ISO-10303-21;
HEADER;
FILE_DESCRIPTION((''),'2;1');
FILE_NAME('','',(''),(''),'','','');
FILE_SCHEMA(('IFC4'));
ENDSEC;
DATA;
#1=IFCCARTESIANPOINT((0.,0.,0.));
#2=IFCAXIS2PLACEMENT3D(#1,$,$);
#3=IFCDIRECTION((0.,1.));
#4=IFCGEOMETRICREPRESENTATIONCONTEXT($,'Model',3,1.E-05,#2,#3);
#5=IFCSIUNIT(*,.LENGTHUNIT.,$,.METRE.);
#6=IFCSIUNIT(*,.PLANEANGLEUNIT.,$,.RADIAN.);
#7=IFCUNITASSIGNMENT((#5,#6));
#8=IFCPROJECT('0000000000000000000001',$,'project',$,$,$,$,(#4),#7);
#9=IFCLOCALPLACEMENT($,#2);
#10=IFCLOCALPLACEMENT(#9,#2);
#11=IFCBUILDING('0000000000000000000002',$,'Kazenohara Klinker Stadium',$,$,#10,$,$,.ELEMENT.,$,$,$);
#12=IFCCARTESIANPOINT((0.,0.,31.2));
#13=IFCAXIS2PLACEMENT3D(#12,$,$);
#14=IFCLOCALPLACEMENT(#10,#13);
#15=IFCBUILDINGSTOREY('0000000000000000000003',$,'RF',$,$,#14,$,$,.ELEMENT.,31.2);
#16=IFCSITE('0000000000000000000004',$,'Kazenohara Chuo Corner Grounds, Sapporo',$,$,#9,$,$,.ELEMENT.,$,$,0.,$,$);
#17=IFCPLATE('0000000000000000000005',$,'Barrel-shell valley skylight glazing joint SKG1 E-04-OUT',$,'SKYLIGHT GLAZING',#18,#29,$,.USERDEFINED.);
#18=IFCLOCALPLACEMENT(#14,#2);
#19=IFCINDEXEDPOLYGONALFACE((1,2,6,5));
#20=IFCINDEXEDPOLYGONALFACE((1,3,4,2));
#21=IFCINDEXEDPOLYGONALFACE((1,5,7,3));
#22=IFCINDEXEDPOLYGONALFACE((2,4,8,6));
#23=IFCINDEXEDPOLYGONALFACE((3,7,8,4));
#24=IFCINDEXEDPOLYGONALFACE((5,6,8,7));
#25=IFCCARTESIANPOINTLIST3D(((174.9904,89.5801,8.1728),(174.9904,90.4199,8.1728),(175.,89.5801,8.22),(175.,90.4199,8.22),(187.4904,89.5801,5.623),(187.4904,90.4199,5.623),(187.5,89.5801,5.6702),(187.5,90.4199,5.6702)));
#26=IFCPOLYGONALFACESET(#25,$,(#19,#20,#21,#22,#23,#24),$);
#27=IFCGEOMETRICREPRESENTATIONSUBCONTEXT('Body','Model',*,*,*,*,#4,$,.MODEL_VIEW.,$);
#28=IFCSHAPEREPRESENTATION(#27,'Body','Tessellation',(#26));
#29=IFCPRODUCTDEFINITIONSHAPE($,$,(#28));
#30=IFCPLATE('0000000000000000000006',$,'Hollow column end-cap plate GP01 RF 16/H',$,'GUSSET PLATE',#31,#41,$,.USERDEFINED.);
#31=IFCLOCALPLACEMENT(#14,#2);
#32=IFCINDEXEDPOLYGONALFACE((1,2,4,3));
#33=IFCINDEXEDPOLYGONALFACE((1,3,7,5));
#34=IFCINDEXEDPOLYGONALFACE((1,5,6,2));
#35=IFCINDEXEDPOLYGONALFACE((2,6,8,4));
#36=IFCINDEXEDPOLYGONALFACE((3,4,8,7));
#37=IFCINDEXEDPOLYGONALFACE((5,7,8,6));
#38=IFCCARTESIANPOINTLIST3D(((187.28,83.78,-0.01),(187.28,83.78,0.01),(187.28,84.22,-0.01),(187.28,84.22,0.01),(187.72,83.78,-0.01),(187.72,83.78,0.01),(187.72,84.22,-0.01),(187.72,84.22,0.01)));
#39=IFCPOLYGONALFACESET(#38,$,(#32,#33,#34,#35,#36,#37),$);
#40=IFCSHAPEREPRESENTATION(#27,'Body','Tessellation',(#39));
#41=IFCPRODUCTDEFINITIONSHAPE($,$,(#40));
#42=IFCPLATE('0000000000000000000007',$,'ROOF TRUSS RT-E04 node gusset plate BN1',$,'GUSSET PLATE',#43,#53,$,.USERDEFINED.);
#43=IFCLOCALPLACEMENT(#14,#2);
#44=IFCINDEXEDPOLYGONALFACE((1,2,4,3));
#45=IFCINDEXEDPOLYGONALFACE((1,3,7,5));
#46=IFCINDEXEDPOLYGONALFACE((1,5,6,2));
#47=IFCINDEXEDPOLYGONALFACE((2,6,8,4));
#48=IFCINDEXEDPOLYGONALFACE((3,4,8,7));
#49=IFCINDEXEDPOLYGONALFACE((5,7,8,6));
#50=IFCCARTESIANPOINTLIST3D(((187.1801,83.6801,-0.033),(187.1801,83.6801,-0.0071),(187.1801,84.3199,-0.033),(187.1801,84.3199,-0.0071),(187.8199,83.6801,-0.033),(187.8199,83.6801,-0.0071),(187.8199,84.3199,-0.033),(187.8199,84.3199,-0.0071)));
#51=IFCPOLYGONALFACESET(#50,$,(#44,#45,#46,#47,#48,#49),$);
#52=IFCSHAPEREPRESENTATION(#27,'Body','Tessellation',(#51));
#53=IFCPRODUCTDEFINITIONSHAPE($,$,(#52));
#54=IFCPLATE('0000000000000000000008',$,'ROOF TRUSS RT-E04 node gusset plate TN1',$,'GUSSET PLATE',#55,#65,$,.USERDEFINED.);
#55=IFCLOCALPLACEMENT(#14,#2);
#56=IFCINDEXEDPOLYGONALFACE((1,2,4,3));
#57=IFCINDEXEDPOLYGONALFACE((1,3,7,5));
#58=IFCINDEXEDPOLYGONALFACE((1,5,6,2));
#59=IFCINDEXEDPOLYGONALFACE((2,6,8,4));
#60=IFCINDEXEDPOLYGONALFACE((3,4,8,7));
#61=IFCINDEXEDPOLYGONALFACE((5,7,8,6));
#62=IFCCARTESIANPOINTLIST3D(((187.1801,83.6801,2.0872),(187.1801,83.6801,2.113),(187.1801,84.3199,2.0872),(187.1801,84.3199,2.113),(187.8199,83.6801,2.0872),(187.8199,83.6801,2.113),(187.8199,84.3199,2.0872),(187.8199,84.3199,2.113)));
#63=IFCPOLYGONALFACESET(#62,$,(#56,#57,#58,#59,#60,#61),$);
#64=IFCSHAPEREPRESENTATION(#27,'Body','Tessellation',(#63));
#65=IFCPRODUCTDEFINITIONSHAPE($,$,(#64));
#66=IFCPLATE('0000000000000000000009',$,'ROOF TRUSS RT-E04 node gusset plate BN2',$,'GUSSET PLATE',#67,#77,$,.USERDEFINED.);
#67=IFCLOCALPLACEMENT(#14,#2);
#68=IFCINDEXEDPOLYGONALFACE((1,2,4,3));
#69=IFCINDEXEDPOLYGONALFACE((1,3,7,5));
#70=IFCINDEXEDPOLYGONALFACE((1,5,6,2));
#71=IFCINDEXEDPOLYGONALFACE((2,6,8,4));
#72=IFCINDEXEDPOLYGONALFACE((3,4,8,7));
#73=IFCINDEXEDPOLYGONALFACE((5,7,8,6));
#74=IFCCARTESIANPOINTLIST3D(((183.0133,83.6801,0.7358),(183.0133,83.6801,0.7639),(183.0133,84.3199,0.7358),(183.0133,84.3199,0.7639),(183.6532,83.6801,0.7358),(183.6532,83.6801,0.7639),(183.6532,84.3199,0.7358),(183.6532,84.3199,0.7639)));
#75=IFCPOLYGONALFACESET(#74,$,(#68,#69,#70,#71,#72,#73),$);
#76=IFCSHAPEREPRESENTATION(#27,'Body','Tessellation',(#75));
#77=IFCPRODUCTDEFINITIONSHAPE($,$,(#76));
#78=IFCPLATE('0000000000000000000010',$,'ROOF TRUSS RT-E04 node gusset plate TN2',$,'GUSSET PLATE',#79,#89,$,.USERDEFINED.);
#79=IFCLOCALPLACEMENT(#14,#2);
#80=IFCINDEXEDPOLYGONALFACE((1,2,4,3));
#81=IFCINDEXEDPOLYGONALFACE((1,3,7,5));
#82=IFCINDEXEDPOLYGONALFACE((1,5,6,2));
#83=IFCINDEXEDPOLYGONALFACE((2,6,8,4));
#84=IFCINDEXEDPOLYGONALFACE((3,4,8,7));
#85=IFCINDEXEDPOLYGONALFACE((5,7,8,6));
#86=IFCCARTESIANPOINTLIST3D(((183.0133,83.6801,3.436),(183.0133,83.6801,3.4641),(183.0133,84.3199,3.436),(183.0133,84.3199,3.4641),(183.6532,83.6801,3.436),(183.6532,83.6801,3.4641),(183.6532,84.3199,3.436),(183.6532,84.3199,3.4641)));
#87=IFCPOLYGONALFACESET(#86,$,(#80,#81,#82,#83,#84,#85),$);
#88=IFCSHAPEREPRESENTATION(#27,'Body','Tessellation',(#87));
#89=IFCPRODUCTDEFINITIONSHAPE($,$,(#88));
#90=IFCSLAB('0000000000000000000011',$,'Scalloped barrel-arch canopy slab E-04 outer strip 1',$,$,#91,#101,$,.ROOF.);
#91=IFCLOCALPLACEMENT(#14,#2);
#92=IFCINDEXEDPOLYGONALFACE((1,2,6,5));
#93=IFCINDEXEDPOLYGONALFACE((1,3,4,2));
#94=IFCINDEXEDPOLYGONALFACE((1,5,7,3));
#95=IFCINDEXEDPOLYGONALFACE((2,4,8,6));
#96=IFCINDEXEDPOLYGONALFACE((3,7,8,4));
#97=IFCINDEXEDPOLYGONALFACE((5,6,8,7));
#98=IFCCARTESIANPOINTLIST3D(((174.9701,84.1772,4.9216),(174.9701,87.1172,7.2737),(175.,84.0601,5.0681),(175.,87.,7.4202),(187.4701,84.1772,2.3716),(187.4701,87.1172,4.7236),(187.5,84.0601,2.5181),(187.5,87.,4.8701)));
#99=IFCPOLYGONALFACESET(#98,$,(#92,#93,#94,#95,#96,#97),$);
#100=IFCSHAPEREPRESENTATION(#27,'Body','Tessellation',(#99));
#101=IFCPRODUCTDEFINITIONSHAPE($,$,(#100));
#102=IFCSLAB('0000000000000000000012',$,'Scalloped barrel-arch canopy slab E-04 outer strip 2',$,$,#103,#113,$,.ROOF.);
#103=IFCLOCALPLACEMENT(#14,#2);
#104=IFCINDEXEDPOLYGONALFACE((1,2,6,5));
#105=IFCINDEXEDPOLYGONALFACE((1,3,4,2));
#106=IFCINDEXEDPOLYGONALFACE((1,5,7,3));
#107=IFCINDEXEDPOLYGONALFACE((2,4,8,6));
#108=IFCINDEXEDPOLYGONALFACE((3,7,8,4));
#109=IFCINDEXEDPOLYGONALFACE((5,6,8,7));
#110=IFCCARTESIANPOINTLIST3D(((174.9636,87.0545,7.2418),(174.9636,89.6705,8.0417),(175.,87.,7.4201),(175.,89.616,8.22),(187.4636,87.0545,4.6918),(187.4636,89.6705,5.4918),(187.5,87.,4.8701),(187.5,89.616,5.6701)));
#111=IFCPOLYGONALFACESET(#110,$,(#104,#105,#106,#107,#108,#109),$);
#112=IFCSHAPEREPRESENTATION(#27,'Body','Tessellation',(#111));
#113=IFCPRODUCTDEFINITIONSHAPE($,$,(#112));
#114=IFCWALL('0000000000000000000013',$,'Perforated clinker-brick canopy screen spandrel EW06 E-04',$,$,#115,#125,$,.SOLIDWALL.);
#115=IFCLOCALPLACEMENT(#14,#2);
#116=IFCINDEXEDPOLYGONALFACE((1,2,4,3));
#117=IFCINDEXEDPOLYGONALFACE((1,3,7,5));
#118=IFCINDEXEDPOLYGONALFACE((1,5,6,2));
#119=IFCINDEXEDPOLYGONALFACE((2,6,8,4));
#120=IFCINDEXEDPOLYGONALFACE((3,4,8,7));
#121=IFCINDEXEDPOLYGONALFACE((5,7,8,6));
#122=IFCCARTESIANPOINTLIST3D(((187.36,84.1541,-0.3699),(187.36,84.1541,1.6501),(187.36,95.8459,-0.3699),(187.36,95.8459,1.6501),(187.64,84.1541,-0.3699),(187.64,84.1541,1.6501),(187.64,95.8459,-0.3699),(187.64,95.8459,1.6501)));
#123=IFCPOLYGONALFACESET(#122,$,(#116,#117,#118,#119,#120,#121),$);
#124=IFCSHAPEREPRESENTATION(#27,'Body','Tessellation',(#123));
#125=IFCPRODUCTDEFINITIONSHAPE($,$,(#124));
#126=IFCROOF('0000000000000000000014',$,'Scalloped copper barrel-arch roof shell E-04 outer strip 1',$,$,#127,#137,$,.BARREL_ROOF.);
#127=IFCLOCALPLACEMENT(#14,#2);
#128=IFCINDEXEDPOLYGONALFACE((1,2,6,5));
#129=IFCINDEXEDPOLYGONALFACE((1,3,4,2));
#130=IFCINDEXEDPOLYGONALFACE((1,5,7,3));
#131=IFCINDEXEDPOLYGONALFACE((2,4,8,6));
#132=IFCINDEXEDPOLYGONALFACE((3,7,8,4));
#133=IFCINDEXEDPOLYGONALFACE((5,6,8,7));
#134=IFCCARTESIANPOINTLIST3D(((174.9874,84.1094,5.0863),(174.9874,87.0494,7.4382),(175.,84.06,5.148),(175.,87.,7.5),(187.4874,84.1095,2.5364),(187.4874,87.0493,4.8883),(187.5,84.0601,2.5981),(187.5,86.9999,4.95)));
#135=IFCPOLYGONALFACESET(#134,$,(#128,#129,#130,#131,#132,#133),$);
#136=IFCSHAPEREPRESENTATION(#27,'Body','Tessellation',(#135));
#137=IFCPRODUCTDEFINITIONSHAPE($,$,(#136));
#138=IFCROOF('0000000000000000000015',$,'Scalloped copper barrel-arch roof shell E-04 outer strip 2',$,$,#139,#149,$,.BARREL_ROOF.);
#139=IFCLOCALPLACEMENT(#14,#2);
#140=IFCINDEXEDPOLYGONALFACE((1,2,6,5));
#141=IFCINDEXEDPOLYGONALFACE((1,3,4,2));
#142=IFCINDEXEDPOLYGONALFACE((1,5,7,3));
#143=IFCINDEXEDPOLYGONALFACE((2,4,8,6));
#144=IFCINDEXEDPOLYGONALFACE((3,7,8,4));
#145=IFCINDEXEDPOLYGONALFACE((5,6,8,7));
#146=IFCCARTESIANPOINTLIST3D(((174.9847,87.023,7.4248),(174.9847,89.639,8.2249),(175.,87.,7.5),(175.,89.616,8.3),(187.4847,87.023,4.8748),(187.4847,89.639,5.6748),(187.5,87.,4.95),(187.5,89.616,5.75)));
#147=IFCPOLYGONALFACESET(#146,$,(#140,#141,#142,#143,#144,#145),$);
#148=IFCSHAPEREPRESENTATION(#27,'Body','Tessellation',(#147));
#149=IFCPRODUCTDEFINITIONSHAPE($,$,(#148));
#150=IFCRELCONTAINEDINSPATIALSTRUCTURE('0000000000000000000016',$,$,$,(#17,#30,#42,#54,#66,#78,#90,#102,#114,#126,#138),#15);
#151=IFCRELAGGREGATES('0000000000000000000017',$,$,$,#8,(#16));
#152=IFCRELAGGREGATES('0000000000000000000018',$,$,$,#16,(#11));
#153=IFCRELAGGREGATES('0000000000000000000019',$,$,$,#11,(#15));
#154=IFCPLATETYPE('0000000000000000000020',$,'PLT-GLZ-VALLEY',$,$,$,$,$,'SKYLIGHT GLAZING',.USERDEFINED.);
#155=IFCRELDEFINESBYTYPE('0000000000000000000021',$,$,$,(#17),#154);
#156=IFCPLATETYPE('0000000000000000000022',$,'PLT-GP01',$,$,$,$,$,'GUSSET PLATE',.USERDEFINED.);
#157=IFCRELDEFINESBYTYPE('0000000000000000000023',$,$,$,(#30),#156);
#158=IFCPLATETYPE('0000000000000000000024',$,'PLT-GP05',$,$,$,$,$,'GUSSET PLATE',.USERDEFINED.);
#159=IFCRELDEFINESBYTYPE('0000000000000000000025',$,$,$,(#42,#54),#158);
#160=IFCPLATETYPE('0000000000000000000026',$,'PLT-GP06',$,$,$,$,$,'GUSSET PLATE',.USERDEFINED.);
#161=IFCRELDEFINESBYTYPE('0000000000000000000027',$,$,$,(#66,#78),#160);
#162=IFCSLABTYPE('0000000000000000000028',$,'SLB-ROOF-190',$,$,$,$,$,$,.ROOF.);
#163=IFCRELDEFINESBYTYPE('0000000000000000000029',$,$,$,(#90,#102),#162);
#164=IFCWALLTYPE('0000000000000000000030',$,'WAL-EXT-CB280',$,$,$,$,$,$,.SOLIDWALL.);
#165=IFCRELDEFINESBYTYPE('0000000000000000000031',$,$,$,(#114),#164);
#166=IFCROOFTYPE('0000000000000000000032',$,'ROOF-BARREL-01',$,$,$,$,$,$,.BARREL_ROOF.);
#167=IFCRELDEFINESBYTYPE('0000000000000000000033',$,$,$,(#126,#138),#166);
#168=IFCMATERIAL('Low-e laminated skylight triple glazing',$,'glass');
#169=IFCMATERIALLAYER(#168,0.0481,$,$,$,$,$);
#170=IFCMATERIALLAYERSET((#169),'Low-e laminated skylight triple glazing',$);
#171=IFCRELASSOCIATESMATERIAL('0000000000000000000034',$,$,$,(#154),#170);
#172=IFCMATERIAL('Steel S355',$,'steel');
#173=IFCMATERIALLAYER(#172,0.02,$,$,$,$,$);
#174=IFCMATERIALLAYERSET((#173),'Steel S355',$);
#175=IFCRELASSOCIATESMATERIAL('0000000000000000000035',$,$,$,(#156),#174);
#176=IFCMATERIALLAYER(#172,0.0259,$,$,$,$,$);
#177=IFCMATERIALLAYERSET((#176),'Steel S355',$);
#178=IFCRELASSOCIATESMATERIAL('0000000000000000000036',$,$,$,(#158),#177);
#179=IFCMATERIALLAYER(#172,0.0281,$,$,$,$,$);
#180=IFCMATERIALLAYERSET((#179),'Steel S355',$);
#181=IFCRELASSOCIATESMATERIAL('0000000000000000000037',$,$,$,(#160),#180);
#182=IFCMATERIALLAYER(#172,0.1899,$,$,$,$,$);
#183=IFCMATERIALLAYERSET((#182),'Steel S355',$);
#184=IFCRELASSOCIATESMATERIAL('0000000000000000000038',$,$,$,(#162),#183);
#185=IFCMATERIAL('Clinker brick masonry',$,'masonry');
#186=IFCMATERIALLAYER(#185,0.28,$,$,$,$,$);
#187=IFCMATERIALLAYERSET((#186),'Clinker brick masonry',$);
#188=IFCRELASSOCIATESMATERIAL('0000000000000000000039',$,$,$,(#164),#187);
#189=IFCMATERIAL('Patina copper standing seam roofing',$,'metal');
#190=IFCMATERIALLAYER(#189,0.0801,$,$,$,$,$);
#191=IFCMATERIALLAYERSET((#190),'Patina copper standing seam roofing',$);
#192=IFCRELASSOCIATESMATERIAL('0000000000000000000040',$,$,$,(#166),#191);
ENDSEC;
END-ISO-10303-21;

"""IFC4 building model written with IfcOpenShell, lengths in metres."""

from ifc_helpers import new_model, si_unit, direction, frame, frame_2d, origin, origin_2d, place, context, subcontext, project, spatial, polyline, rectangle, outline, extrude, material, layer, layer_set, type_object, element, save


model = new_model("IFC4")

# Units and contexts
model_context = context("Model", 3, precision=1e-05, world=origin(), true_north=direction((0.0, 1.0)))
body_context = subcontext(model_context, "Body", "Model", "MODEL_VIEW")
ifc_project = project(units=[si_unit("LENGTHUNIT", "METRE"), si_unit("PLANEANGLEUNIT", "RADIAN")], contexts=[model_context])

# Site, building, storey
site_placement = place(None, origin())
site = spatial("IfcSite", under=ifc_project, at=site_placement, Name="Kazenohara Chuo Corner Grounds, Sapporo", CompositionType="ELEMENT", RefElevation=0.0)
building_placement = place(site_placement, origin())
building = spatial("IfcBuilding", under=site, at=building_placement, Name="Kazenohara Klinker Stadium", CompositionType="ELEMENT")
storey_placement = place(building_placement, frame((0.0, 0.0, 31.2)))
storey = spatial("IfcBuildingStorey", under=building, at=storey_placement, Name="RF", CompositionType="ELEMENT", Elevation=31.2)

# Shared definitions
ifc_material_1 = material(Name="Steel S355", Category="steel")

# Plates
ifc_material_2 = material(Name="Low-e laminated skylight triple glazing", Category="glass")
ifc_layer_1 = layer(ifc_material_2, 0.0481)
ifc_layer_set_1 = layer_set([ifc_layer_1], Name="Low-e laminated skylight triple glazing")
plate_type_1 = type_object("IfcPlateType", Name="PLT-GLZ-VALLEY", ElementType="SKYLIGHT GLAZING", PredefinedType="USERDEFINED", material=ifc_layer_set_1)
plate_1_placement = place(storey_placement, frame((187.5, 89.5801, 5.6702), z_axis=(0.199869, 0.0, 0.979823), x_axis=(-0.979823, 0.0, 0.199869)))
element("IfcPlate", 1, at=plate_1_placement, inside=storey, type_object=plate_type_1, Name="Barrel-shell valley skylight glazing joint SKG1 E-04-OUT", ObjectType="SKYLIGHT GLAZING", PredefinedType="USERDEFINED", context=body_context, shape_type="SweptSolid", body=[
    extrude(outline(polyline([(0.0, 0.0), (12.7574, 0.0), (12.7574, -0.8398), (0.0, -0.8398), (0.0, 0.0)])), origin(), (0.0, 0.0, -1.0), 0.0481),
])
ifc_layer_2 = layer(ifc_material_1, 0.02)
ifc_layer_set_2 = layer_set([ifc_layer_2], Name="Steel S355")
plate_type_2 = type_object("IfcPlateType", Name="PLT-GP01", ElementType="GUSSET PLATE", PredefinedType="USERDEFINED", material=ifc_layer_set_2)
plate_2_placement = place(storey_placement, frame((187.5, 84.0, -0.01), z_axis=(0.0, 0.0, 1.0), x_axis=(1.0, 0.0, 0.0)))
element("IfcPlate", 2, at=plate_2_placement, inside=storey, type_object=plate_type_2, Name="Hollow column end-cap plate GP01 RF 16/H", ObjectType="GUSSET PLATE", PredefinedType="USERDEFINED", context=body_context, shape_type="SweptSolid", body=[
    extrude(rectangle(XDim=0.4399, YDim=0.4399, at=origin_2d()), origin(), (0.0, 0.0, 1.0), 0.02),
])
ifc_layer_3 = layer(ifc_material_1, 0.0259)
ifc_layer_set_3 = layer_set([ifc_layer_3], Name="Steel S355")
plate_type_3 = type_object("IfcPlateType", Name="PLT-GP05", ElementType="GUSSET PLATE", PredefinedType="USERDEFINED", material=ifc_layer_set_3)
for number, where, z_axis, x_axis, name in (
    (3, (187.5, 84.0, -0.033), (0.0, 0.0, 1.0), (1.0, 0.0, 0.0), "ROOF TRUSS RT-E04 node gusset plate BN1"),
    (4, (187.5, 84.0, 2.0872), (0.0, 0.0, 1.0), (1.0, 0.0, 0.0), "ROOF TRUSS RT-E04 node gusset plate TN1"),
):
    element("IfcPlate", number, at=place(storey_placement, frame(where, z_axis=z_axis, x_axis=x_axis)), inside=storey, type_object=plate_type_3, Name=name, ObjectType="GUSSET PLATE", PredefinedType="USERDEFINED", context=body_context, shape_type="SweptSolid", body=[
        extrude(rectangle(XDim=0.6399, YDim=0.6399, at=origin_2d()), origin(), (0.0, 0.0, 1.0), 0.0259),
    ])
ifc_layer_4 = layer(ifc_material_1, 0.0281)
ifc_layer_set_4 = layer_set([ifc_layer_4], Name="Steel S355")
plate_type_4 = type_object("IfcPlateType", Name="PLT-GP06", ElementType="GUSSET PLATE", PredefinedType="USERDEFINED", material=ifc_layer_set_4)
for number, where, z_axis, x_axis, name in (
    (5, (183.3333, 84.0, 0.7358), (0.0, 0.0, 1.0), (1.0, 0.0, 0.0), "ROOF TRUSS RT-E04 node gusset plate BN2"),
    (6, (183.3333, 84.0, 3.436), (0.0, 0.0, 1.0), (1.0, 0.0, 0.0), "ROOF TRUSS RT-E04 node gusset plate TN2"),
):
    element("IfcPlate", number, at=place(storey_placement, frame(where, z_axis=z_axis, x_axis=x_axis)), inside=storey, type_object=plate_type_4, Name=name, ObjectType="GUSSET PLATE", PredefinedType="USERDEFINED", context=body_context, shape_type="SweptSolid", body=[
        extrude(rectangle(XDim=0.6399, YDim=0.6399, at=origin_2d()), origin(), (0.0, 0.0, 1.0), 0.0281),
    ])

# Slabs
ifc_layer_5 = layer(ifc_material_1, 0.1899)
ifc_layer_set_5 = layer_set([ifc_layer_5], Name="Steel S355")
slab_type = type_object("IfcSlabType", Name="SLB-ROOF-190", PredefinedType="ROOF", material=ifc_layer_set_5)
slab_1_placement = place(storey_placement, frame((187.5, 84.0601, 2.5181), z_axis=(0.157314, -0.616932, 0.771133), x_axis=(-0.979819, 0.0, 0.199887)))
element("IfcSlab", 7, at=slab_1_placement, inside=storey, type_object=slab_type, Name="Scalloped barrel-arch canopy slab E-04 outer strip 1", PredefinedType="ROOF", context=body_context, shape_type="SweptSolid", body=[
    extrude(outline(polyline([(0.0, 0.0), (12.7575, 0.0), (13.2276, -3.7356), (0.4701, -3.7356), (0.0, 0.0)])), origin(), (0.0, 0.0, -1.0), 0.1899),
])
slab_2_placement = place(storey_placement, frame((187.5, 87.0, 4.8701), z_axis=(0.191468, -0.28701, 0.938597), x_axis=(-0.979821, 0.000003, 0.199878)))
element("IfcSlab", 8, at=slab_2_placement, inside=storey, type_object=slab_type, Name="Scalloped barrel-arch canopy slab E-04 outer strip 2", PredefinedType="ROOF", context=body_context, shape_type="SweptSolid", body=[
    extrude(outline(polyline([(0.0, 0.0), (12.7575, 0.0), (12.9173, -2.7308), (0.1599, -2.7309), (0.0, 0.0)])), origin(), (0.0, 0.0, -1.0), 0.1899),
])

# Wall
ifc_material_3 = material(Name="Clinker brick masonry", Category="masonry")
ifc_layer_6 = layer(ifc_material_3, 0.28)
ifc_layer_set_6 = layer_set([ifc_layer_6], Name="Clinker brick masonry")
wall_type = type_object("IfcWallType", Name="WAL-EXT-CB280", PredefinedType="SOLIDWALL", material=ifc_layer_set_6)
wall_placement = place(storey_placement, frame((187.5, 84.1541, -0.3699), z_axis=(0.0, 0.0, 1.0), x_axis=(0.0, 1.0, 0.0)))
element("IfcWall", 9, at=wall_placement, inside=storey, type_object=wall_type, Name="Perforated clinker-brick canopy screen spandrel EW06 E-04", PredefinedType="SOLIDWALL", context=body_context, shape_type="SweptSolid", body=[
    extrude(rectangle(XDim=11.6919, YDim=0.28, at=frame_2d((5.8459, 0.0))), origin(), (0.0, 0.0, 1.0), 2.02),
])

# Roofs
ifc_material_4 = material(Name="Patina copper standing seam roofing", Category="metal")
ifc_layer_7 = layer(ifc_material_4, 0.0801)
ifc_layer_set_7 = layer_set([ifc_layer_7], Name="Patina copper standing seam roofing")
roof_type = type_object("IfcRoofType", Name="ROOF-BARREL-01", PredefinedType="BARREL_ROOF", material=ifc_layer_set_7)
roof_1_placement = place(storey_placement, frame((187.5, 84.0601, 2.5981), z_axis=(0.15731, -0.616913, 0.77115), x_axis=(-0.979822, -0.000005, 0.199874)))
element("IfcRoof", 10, at=roof_1_placement, inside=storey, type_object=roof_type, Name="Scalloped copper barrel-arch roof shell E-04 outer strip 1", PredefinedType="BARREL_ROOF", context=body_context, shape_type="SweptSolid", body=[
    extrude(outline(polyline([(0.0, 0.0), (12.7574, 0.0), (13.2275, -3.7356), (0.4701, -3.7354), (0.0, 0.0)])), origin(), (0.0, 0.0, -1.0), 0.0801),
])
roof_2_placement = place(storey_placement, frame((187.5, 87.0, 4.95), z_axis=(0.191475, -0.28705, 0.938584), x_axis=(-0.979819, 0.0, 0.199887)))
element("IfcRoof", 11, at=roof_2_placement, inside=storey, type_object=roof_type, Name="Scalloped copper barrel-arch roof shell E-04 outer strip 2", PredefinedType="BARREL_ROOF", context=body_context, shape_type="SweptSolid", body=[
    extrude(outline(polyline([(0.0, 0.0), (12.7575, 0.0), (12.9174, -2.7309), (0.1599, -2.7309), (0.0, 0.0)])), origin(), (0.0, 0.0, -1.0), 0.0801),
])

save(model, "model.ifc")
